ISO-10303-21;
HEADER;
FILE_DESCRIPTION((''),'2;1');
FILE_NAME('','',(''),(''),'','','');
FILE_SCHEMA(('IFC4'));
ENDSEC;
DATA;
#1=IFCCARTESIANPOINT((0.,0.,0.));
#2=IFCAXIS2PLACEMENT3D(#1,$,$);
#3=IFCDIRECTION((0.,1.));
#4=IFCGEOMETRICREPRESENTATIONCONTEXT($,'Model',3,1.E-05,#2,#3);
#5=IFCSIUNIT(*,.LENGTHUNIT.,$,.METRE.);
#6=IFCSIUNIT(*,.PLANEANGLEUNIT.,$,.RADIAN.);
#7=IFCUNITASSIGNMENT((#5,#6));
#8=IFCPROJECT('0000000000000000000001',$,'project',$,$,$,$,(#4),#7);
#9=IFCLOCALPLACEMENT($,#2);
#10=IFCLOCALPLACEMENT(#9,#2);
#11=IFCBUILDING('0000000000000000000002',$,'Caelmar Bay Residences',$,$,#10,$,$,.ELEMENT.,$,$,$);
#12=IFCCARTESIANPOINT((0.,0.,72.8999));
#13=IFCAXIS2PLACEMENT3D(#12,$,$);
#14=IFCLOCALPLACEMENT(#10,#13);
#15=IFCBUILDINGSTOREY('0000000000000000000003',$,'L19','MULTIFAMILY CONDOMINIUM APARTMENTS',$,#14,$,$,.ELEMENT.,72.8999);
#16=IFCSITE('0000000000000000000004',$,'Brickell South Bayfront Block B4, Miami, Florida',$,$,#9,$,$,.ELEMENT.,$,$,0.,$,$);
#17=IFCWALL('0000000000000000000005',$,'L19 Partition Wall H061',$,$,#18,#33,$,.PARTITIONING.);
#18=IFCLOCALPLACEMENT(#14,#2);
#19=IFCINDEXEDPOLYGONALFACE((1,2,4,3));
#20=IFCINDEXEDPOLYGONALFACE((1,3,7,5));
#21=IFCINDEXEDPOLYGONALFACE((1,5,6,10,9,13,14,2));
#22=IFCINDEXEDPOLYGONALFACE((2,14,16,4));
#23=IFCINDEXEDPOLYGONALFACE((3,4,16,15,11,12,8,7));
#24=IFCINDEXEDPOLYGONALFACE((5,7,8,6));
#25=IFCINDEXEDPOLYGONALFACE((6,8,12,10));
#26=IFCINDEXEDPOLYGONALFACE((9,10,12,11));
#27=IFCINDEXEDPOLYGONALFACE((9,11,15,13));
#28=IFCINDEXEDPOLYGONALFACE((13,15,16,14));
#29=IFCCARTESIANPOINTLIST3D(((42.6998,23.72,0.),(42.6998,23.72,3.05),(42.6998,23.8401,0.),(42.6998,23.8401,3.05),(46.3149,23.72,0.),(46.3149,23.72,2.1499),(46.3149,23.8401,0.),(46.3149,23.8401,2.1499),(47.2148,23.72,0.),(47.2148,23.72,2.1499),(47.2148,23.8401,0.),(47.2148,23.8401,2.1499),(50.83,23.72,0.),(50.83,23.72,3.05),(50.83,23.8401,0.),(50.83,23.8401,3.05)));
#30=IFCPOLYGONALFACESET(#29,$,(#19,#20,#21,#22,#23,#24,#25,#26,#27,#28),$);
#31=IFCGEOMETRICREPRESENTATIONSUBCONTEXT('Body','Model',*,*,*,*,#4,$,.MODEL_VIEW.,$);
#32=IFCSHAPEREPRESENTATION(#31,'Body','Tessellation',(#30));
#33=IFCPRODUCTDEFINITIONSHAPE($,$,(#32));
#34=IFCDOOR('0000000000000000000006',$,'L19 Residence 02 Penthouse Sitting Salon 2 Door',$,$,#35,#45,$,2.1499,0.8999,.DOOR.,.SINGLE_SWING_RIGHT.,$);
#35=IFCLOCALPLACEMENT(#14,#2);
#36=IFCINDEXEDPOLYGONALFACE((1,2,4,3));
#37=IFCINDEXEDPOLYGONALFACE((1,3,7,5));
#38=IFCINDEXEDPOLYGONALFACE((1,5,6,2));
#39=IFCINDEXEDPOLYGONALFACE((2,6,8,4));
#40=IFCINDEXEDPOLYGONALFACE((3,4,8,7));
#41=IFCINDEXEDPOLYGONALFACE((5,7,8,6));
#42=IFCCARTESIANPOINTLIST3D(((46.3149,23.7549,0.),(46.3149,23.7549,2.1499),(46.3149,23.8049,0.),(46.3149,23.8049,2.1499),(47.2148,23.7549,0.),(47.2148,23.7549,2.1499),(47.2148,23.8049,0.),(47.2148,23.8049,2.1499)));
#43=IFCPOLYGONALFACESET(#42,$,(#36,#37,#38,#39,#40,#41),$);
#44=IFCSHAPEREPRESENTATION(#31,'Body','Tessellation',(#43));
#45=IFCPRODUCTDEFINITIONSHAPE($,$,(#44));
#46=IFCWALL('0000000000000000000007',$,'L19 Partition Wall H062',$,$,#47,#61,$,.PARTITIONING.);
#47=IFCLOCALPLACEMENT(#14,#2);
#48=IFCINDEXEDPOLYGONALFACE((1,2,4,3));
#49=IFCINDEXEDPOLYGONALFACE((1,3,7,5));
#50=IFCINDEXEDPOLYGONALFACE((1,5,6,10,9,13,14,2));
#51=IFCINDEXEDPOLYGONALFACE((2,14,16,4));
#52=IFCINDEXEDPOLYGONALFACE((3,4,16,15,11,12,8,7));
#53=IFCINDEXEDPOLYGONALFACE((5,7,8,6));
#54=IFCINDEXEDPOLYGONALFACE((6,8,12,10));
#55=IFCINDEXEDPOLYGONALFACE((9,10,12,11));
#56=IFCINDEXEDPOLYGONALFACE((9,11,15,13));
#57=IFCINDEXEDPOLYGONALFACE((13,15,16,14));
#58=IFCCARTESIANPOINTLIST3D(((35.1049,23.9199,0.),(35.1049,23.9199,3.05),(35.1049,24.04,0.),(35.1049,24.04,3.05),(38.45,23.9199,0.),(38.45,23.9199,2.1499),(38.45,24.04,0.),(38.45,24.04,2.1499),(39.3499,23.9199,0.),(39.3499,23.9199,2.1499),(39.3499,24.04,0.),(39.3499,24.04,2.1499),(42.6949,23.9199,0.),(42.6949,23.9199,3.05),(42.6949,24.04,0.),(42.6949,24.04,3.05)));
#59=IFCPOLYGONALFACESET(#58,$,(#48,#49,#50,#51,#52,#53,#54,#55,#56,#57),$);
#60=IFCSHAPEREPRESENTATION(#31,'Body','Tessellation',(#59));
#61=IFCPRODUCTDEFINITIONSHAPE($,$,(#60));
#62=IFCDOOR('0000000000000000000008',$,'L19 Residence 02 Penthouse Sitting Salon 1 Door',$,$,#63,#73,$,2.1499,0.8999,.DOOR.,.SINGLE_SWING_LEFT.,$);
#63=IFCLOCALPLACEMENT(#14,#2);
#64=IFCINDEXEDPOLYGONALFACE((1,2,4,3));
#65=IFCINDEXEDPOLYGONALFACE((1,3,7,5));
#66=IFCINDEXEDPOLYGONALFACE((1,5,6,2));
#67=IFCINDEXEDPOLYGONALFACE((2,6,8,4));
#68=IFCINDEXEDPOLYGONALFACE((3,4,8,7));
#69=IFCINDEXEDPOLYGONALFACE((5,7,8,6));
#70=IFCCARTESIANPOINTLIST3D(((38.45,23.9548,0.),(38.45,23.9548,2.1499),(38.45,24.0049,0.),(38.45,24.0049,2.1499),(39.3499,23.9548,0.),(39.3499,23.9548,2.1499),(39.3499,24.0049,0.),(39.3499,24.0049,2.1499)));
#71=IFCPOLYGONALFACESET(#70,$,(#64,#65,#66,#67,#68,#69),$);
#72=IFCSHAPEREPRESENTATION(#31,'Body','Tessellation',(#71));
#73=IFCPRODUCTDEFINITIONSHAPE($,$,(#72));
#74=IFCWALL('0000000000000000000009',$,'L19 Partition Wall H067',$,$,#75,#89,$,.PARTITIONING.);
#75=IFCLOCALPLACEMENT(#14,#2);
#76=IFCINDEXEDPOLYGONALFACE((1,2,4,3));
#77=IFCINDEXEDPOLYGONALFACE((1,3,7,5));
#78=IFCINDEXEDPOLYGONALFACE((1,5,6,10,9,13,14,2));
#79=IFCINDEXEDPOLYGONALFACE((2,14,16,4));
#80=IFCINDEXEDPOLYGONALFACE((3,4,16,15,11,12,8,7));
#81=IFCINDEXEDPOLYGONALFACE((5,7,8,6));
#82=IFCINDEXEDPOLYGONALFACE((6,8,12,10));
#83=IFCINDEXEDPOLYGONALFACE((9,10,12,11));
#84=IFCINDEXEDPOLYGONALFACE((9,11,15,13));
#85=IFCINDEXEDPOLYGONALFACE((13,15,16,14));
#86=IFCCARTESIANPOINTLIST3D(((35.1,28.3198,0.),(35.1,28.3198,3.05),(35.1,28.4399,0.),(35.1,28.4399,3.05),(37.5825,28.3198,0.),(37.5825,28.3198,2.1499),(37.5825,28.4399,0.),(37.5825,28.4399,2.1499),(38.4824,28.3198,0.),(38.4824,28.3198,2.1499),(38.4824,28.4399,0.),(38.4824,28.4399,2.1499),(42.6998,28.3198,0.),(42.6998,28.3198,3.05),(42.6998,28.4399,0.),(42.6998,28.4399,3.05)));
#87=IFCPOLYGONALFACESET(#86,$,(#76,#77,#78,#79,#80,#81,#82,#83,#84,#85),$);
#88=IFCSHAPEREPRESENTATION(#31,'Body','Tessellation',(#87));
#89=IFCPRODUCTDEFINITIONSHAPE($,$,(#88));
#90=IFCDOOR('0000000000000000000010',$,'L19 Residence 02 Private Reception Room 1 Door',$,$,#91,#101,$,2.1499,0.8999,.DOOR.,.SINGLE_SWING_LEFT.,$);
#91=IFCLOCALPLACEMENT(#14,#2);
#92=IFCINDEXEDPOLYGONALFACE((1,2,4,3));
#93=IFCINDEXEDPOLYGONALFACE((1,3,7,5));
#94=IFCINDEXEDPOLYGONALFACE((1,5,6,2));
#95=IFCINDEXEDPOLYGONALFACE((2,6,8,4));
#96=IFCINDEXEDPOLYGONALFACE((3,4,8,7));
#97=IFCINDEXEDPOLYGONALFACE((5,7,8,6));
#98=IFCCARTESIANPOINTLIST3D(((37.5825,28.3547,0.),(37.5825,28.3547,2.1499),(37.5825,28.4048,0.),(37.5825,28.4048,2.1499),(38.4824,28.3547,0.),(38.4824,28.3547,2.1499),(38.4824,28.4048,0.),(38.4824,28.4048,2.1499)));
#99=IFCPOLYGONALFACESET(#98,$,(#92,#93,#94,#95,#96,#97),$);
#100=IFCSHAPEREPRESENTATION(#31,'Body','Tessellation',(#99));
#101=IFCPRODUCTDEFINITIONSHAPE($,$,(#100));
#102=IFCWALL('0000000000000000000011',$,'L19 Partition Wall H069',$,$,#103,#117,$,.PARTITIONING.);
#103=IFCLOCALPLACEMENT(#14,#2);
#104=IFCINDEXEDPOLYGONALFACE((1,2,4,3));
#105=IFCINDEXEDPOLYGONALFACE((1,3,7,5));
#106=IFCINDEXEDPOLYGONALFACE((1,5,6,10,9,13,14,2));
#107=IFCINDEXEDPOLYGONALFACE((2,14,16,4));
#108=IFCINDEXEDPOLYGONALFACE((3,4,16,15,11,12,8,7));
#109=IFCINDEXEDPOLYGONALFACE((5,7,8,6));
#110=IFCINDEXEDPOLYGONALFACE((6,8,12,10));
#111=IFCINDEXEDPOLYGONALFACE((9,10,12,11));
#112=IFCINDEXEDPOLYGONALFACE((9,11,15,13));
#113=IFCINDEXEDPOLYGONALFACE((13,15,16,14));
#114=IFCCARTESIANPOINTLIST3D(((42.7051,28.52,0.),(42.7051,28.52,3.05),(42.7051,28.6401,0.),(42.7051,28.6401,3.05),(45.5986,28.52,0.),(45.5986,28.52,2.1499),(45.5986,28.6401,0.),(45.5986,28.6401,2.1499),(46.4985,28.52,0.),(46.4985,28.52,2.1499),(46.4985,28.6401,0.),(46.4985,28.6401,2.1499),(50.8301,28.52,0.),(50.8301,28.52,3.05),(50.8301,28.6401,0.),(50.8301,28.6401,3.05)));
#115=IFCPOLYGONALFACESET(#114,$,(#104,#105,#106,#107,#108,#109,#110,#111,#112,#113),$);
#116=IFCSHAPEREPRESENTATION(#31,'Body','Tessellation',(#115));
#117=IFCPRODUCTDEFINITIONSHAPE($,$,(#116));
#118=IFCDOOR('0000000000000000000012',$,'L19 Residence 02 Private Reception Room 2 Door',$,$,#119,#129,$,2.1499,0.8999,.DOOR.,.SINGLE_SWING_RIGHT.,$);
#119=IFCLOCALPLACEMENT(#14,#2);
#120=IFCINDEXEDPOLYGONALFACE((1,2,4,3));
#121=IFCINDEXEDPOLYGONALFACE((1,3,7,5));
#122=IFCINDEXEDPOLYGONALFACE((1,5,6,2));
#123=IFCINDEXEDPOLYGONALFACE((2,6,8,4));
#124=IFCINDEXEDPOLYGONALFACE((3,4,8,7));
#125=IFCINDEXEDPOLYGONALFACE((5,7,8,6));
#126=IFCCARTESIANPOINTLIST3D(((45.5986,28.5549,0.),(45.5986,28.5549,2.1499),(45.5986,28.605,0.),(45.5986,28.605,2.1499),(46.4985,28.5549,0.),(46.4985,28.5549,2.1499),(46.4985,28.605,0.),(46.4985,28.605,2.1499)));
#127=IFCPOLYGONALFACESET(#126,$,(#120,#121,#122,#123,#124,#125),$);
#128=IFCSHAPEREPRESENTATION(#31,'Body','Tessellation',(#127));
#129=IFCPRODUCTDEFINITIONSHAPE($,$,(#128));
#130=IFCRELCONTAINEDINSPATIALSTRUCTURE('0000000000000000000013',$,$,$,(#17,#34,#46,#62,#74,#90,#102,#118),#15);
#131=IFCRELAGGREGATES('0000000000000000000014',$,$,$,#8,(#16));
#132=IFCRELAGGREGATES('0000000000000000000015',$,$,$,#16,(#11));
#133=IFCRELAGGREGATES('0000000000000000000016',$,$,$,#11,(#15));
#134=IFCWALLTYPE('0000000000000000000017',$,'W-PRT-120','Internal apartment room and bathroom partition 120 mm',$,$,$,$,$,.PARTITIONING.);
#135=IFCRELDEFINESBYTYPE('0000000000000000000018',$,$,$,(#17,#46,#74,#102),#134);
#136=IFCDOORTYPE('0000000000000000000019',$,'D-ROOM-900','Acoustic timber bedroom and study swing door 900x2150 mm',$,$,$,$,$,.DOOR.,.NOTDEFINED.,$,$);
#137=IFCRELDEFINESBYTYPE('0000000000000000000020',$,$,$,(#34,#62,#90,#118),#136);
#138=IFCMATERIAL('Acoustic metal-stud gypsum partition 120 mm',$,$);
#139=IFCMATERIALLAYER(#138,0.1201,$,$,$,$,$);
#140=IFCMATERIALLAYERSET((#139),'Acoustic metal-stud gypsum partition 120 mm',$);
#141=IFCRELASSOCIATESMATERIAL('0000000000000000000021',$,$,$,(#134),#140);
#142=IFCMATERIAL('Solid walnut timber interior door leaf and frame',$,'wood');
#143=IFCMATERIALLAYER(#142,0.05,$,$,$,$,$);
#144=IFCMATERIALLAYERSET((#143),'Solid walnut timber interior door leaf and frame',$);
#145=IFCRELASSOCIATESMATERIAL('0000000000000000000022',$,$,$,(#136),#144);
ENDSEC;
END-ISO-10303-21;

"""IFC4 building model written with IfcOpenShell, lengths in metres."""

from ifc_helpers import new_model, si_unit, direction, frame, frame_2d, origin, place, context, subcontext, project, spatial, rectangle, extrude, material, layer, layer_set, type_object, element, fill, save


model = new_model("IFC4")

# Units and contexts
model_context = context("Model", 3, precision=1e-05, world=origin(), true_north=direction((0.0, 1.0)))
body_context = subcontext(model_context, "Body", "Model", "MODEL_VIEW")
ifc_project = project(units=[si_unit("LENGTHUNIT", "METRE"), si_unit("PLANEANGLEUNIT", "RADIAN")], contexts=[model_context])

# Site, building, storey
site_placement = place(None, origin())
site = spatial("IfcSite", under=ifc_project, at=site_placement, Name="Brickell South Bayfront Block B4, Miami, Florida", CompositionType="ELEMENT", RefElevation=0.0)
building_placement = place(site_placement, origin())
building = spatial("IfcBuilding", under=site, at=building_placement, Name="Caelmar Bay Residences", CompositionType="ELEMENT")
storey_placement = place(building_placement, frame((0.0, 0.0, 72.8999)))
storey = spatial("IfcBuildingStorey", under=building, at=storey_placement, Name="L19", Description="MULTIFAMILY CONDOMINIUM APARTMENTS", CompositionType="ELEMENT", Elevation=72.8999)

# Walls, openings, doors
ifc_material_1 = material(Name="Acoustic metal-stud gypsum partition 120 mm")
ifc_layer_1 = layer(ifc_material_1, 0.1201)
ifc_layer_set_1 = layer_set([ifc_layer_1], Name="Acoustic metal-stud gypsum partition 120 mm")
wall_type = type_object("IfcWallType", Name="W-PRT-120", Description="Internal apartment room and bathroom partition 120 mm", PredefinedType="PARTITIONING", material=ifc_layer_set_1)
ifc_material_2 = material(Name="Solid walnut timber interior door leaf and frame", Category="wood")
wall_1_placement = place(storey_placement, frame((42.7, 23.78, 0.0), z_axis=(0.0, 0.0, 1.0), x_axis=(1.0, 0.0, 0.0)))
wall_1 = element("IfcWall", 1, at=wall_1_placement, inside=storey, type_object=wall_type, Name="L19 Partition Wall H061", PredefinedType="PARTITIONING", context=body_context, shape_type="SweptSolid", body=[
    extrude(rectangle(XDim=8.1301, YDim=0.1201, at=frame_2d((4.0649, 0.0))), origin(), (0.0, 0.0, 1.0), 3.05),
])
opening_1_placement = place(wall_1_placement, frame((3.615, 0.0, 0.0)))
opening_1 = element("IfcOpeningElement", 2, at=opening_1_placement, cuts=wall_1, PredefinedType="OPENING", context=body_context, shape_type="SweptSolid", body=[
    extrude(rectangle(XDim=0.8999, YDim=2.1499, at=frame_2d((0.45, 1.075))), frame((0.0, 0.0701, 0.0), z_axis=(0.0, -1.0, 0.0), x_axis=(1.0, 0.0, 0.0)), (0.0, 0.0, 1.0), 0.1401),
])
ifc_layer_2 = layer(ifc_material_2, 0.05)
ifc_layer_set_2 = layer_set([ifc_layer_2], Name="Solid walnut timber interior door leaf and frame")
door_type_1 = type_object("IfcDoorType", Name="D-ROOM-900", Description="Acoustic timber bedroom and study swing door 900x2150 mm", OperationType="NOTDEFINED", PredefinedType="DOOR", material=ifc_layer_set_2)
door_1_placement = place(opening_1_placement, origin())
door_1 = element("IfcDoor", 3, at=door_1_placement, inside=storey, type_object=door_type_1, Name="L19 Residence 02 Penthouse Sitting Salon 2 Door", OperationType="SINGLE_SWING_RIGHT", OverallHeight=2.1499, OverallWidth=0.8999, PredefinedType="DOOR", context=body_context, shape_type="SweptSolid", body=[
    extrude(rectangle(XDim=0.8999, YDim=2.1499, at=frame_2d((0.45, 1.075))), frame((0.0, 0.0249, 0.0), z_axis=(0.0, -1.0, 0.0), x_axis=(1.0, 0.0, 0.0)), (0.0, 0.0, 1.0), 0.05),
])
fill(opening_1, door_1)
wall_2_placement = place(storey_placement, frame((35.105, 23.98, 0.0), z_axis=(0.0, 0.0, 1.0), x_axis=(1.0, 0.0, 0.0)))
wall_2 = element("IfcWall", 4, at=wall_2_placement, inside=storey, type_object=wall_type, Name="L19 Partition Wall H062", PredefinedType="PARTITIONING", context=body_context, shape_type="SweptSolid", body=[
    extrude(rectangle(XDim=7.5901, YDim=0.1201, at=frame_2d((3.7949, 0.0))), origin(), (0.0, 0.0, 1.0), 3.05),
])
opening_2_placement = place(wall_2_placement, frame((3.345, 0.0, 0.0)))
opening_2 = element("IfcOpeningElement", 5, at=opening_2_placement, cuts=wall_2, PredefinedType="OPENING", context=body_context, shape_type="SweptSolid", body=[
    extrude(rectangle(XDim=0.8999, YDim=2.1499, at=frame_2d((0.45, 1.075))), frame((0.0, 0.0701, 0.0), z_axis=(0.0, -1.0, 0.0), x_axis=(1.0, 0.0, 0.0)), (0.0, 0.0, 1.0), 0.1401),
])
door_2_placement = place(opening_2_placement, origin())
door_2 = element("IfcDoor", 6, at=door_2_placement, inside=storey, type_object=door_type_1, Name="L19 Residence 02 Penthouse Sitting Salon 1 Door", OperationType="SINGLE_SWING_LEFT", OverallHeight=2.1499, OverallWidth=0.8999, PredefinedType="DOOR", context=body_context, shape_type="SweptSolid", body=[
    extrude(rectangle(XDim=0.8999, YDim=2.1499, at=frame_2d((0.45, 1.075))), frame((0.0, 0.0249, 0.0), z_axis=(0.0, -1.0, 0.0), x_axis=(1.0, 0.0, 0.0)), (0.0, 0.0, 1.0), 0.05),
])
fill(opening_2, door_2)
wall_3_placement = place(storey_placement, frame((35.1001, 28.3799, 0.0), z_axis=(0.0, 0.0, 1.0), x_axis=(1.0, 0.0, 0.0)))
wall_3 = element("IfcWall", 7, at=wall_3_placement, inside=storey, type_object=wall_type, Name="L19 Partition Wall H067", PredefinedType="PARTITIONING", context=body_context, shape_type="SweptSolid", body=[
    extrude(rectangle(XDim=7.5999, YDim=0.1201, at=frame_2d((3.7998, 0.0))), origin(), (0.0, 0.0, 1.0), 3.05),
])
opening_3_placement = place(wall_3_placement, frame((2.4824, 0.0, 0.0)))
opening_3 = element("IfcOpeningElement", 8, at=opening_3_placement, cuts=wall_3, PredefinedType="OPENING", context=body_context, shape_type="SweptSolid", body=[
    extrude(rectangle(XDim=0.8999, YDim=2.1499, at=frame_2d((0.45, 1.075))), frame((0.0, 0.0701, 0.0), z_axis=(0.0, -1.0, 0.0), x_axis=(1.0, 0.0, 0.0)), (0.0, 0.0, 1.0), 0.1401),
])
door_3_placement = place(opening_3_placement, origin())
door_3 = element("IfcDoor", 9, at=door_3_placement, inside=storey, type_object=door_type_1, Name="L19 Residence 02 Private Reception Room 1 Door", OperationType="SINGLE_SWING_LEFT", OverallHeight=2.1499, OverallWidth=0.8999, PredefinedType="DOOR", context=body_context, shape_type="SweptSolid", body=[
    extrude(rectangle(XDim=0.8999, YDim=2.1499, at=frame_2d((0.45, 1.075))), frame((0.0, 0.0249, 0.0), z_axis=(0.0, -1.0, 0.0), x_axis=(1.0, 0.0, 0.0)), (0.0, 0.0, 1.0), 0.05),
])
fill(opening_3, door_3)
wall_4_placement = place(storey_placement, frame((42.7051, 28.5801, 0.0), z_axis=(0.0, 0.0, 1.0), x_axis=(1.0, 0.0, 0.0)))
wall_4 = element("IfcWall", 10, at=wall_4_placement, inside=storey, type_object=wall_type, Name="L19 Partition Wall H069", PredefinedType="PARTITIONING", context=body_context, shape_type="SweptSolid", body=[
    extrude(rectangle(XDim=8.125, YDim=0.1201, at=frame_2d((4.0625, 0.0))), origin(), (0.0, 0.0, 1.0), 3.05),
])
opening_4_placement = place(wall_4_placement, frame((2.8936, 0.0, 0.0)))
opening_4 = element("IfcOpeningElement", 11, at=opening_4_placement, cuts=wall_4, PredefinedType="OPENING", context=body_context, shape_type="SweptSolid", body=[
    extrude(rectangle(XDim=0.8999, YDim=2.1499, at=frame_2d((0.45, 1.075))), frame((0.0, 0.0701, 0.0), z_axis=(0.0, -1.0, 0.0), x_axis=(1.0, 0.0, 0.0)), (0.0, 0.0, 1.0), 0.1401),
])
door_4_placement = place(opening_4_placement, origin())
door_4 = element("IfcDoor", 12, at=door_4_placement, inside=storey, type_object=door_type_1, Name="L19 Residence 02 Private Reception Room 2 Door", OperationType="SINGLE_SWING_RIGHT", OverallHeight=2.1499, OverallWidth=0.8999, PredefinedType="DOOR", context=body_context, shape_type="SweptSolid", body=[
    extrude(rectangle(XDim=0.8999, YDim=2.1499, at=frame_2d((0.45, 1.075))), frame((0.0, 0.0249, 0.0), z_axis=(0.0, -1.0, 0.0), x_axis=(1.0, 0.0, 0.0)), (0.0, 0.0, 1.0), 0.05),
])
fill(opening_4, door_4)

save(model, "model.ifc")
